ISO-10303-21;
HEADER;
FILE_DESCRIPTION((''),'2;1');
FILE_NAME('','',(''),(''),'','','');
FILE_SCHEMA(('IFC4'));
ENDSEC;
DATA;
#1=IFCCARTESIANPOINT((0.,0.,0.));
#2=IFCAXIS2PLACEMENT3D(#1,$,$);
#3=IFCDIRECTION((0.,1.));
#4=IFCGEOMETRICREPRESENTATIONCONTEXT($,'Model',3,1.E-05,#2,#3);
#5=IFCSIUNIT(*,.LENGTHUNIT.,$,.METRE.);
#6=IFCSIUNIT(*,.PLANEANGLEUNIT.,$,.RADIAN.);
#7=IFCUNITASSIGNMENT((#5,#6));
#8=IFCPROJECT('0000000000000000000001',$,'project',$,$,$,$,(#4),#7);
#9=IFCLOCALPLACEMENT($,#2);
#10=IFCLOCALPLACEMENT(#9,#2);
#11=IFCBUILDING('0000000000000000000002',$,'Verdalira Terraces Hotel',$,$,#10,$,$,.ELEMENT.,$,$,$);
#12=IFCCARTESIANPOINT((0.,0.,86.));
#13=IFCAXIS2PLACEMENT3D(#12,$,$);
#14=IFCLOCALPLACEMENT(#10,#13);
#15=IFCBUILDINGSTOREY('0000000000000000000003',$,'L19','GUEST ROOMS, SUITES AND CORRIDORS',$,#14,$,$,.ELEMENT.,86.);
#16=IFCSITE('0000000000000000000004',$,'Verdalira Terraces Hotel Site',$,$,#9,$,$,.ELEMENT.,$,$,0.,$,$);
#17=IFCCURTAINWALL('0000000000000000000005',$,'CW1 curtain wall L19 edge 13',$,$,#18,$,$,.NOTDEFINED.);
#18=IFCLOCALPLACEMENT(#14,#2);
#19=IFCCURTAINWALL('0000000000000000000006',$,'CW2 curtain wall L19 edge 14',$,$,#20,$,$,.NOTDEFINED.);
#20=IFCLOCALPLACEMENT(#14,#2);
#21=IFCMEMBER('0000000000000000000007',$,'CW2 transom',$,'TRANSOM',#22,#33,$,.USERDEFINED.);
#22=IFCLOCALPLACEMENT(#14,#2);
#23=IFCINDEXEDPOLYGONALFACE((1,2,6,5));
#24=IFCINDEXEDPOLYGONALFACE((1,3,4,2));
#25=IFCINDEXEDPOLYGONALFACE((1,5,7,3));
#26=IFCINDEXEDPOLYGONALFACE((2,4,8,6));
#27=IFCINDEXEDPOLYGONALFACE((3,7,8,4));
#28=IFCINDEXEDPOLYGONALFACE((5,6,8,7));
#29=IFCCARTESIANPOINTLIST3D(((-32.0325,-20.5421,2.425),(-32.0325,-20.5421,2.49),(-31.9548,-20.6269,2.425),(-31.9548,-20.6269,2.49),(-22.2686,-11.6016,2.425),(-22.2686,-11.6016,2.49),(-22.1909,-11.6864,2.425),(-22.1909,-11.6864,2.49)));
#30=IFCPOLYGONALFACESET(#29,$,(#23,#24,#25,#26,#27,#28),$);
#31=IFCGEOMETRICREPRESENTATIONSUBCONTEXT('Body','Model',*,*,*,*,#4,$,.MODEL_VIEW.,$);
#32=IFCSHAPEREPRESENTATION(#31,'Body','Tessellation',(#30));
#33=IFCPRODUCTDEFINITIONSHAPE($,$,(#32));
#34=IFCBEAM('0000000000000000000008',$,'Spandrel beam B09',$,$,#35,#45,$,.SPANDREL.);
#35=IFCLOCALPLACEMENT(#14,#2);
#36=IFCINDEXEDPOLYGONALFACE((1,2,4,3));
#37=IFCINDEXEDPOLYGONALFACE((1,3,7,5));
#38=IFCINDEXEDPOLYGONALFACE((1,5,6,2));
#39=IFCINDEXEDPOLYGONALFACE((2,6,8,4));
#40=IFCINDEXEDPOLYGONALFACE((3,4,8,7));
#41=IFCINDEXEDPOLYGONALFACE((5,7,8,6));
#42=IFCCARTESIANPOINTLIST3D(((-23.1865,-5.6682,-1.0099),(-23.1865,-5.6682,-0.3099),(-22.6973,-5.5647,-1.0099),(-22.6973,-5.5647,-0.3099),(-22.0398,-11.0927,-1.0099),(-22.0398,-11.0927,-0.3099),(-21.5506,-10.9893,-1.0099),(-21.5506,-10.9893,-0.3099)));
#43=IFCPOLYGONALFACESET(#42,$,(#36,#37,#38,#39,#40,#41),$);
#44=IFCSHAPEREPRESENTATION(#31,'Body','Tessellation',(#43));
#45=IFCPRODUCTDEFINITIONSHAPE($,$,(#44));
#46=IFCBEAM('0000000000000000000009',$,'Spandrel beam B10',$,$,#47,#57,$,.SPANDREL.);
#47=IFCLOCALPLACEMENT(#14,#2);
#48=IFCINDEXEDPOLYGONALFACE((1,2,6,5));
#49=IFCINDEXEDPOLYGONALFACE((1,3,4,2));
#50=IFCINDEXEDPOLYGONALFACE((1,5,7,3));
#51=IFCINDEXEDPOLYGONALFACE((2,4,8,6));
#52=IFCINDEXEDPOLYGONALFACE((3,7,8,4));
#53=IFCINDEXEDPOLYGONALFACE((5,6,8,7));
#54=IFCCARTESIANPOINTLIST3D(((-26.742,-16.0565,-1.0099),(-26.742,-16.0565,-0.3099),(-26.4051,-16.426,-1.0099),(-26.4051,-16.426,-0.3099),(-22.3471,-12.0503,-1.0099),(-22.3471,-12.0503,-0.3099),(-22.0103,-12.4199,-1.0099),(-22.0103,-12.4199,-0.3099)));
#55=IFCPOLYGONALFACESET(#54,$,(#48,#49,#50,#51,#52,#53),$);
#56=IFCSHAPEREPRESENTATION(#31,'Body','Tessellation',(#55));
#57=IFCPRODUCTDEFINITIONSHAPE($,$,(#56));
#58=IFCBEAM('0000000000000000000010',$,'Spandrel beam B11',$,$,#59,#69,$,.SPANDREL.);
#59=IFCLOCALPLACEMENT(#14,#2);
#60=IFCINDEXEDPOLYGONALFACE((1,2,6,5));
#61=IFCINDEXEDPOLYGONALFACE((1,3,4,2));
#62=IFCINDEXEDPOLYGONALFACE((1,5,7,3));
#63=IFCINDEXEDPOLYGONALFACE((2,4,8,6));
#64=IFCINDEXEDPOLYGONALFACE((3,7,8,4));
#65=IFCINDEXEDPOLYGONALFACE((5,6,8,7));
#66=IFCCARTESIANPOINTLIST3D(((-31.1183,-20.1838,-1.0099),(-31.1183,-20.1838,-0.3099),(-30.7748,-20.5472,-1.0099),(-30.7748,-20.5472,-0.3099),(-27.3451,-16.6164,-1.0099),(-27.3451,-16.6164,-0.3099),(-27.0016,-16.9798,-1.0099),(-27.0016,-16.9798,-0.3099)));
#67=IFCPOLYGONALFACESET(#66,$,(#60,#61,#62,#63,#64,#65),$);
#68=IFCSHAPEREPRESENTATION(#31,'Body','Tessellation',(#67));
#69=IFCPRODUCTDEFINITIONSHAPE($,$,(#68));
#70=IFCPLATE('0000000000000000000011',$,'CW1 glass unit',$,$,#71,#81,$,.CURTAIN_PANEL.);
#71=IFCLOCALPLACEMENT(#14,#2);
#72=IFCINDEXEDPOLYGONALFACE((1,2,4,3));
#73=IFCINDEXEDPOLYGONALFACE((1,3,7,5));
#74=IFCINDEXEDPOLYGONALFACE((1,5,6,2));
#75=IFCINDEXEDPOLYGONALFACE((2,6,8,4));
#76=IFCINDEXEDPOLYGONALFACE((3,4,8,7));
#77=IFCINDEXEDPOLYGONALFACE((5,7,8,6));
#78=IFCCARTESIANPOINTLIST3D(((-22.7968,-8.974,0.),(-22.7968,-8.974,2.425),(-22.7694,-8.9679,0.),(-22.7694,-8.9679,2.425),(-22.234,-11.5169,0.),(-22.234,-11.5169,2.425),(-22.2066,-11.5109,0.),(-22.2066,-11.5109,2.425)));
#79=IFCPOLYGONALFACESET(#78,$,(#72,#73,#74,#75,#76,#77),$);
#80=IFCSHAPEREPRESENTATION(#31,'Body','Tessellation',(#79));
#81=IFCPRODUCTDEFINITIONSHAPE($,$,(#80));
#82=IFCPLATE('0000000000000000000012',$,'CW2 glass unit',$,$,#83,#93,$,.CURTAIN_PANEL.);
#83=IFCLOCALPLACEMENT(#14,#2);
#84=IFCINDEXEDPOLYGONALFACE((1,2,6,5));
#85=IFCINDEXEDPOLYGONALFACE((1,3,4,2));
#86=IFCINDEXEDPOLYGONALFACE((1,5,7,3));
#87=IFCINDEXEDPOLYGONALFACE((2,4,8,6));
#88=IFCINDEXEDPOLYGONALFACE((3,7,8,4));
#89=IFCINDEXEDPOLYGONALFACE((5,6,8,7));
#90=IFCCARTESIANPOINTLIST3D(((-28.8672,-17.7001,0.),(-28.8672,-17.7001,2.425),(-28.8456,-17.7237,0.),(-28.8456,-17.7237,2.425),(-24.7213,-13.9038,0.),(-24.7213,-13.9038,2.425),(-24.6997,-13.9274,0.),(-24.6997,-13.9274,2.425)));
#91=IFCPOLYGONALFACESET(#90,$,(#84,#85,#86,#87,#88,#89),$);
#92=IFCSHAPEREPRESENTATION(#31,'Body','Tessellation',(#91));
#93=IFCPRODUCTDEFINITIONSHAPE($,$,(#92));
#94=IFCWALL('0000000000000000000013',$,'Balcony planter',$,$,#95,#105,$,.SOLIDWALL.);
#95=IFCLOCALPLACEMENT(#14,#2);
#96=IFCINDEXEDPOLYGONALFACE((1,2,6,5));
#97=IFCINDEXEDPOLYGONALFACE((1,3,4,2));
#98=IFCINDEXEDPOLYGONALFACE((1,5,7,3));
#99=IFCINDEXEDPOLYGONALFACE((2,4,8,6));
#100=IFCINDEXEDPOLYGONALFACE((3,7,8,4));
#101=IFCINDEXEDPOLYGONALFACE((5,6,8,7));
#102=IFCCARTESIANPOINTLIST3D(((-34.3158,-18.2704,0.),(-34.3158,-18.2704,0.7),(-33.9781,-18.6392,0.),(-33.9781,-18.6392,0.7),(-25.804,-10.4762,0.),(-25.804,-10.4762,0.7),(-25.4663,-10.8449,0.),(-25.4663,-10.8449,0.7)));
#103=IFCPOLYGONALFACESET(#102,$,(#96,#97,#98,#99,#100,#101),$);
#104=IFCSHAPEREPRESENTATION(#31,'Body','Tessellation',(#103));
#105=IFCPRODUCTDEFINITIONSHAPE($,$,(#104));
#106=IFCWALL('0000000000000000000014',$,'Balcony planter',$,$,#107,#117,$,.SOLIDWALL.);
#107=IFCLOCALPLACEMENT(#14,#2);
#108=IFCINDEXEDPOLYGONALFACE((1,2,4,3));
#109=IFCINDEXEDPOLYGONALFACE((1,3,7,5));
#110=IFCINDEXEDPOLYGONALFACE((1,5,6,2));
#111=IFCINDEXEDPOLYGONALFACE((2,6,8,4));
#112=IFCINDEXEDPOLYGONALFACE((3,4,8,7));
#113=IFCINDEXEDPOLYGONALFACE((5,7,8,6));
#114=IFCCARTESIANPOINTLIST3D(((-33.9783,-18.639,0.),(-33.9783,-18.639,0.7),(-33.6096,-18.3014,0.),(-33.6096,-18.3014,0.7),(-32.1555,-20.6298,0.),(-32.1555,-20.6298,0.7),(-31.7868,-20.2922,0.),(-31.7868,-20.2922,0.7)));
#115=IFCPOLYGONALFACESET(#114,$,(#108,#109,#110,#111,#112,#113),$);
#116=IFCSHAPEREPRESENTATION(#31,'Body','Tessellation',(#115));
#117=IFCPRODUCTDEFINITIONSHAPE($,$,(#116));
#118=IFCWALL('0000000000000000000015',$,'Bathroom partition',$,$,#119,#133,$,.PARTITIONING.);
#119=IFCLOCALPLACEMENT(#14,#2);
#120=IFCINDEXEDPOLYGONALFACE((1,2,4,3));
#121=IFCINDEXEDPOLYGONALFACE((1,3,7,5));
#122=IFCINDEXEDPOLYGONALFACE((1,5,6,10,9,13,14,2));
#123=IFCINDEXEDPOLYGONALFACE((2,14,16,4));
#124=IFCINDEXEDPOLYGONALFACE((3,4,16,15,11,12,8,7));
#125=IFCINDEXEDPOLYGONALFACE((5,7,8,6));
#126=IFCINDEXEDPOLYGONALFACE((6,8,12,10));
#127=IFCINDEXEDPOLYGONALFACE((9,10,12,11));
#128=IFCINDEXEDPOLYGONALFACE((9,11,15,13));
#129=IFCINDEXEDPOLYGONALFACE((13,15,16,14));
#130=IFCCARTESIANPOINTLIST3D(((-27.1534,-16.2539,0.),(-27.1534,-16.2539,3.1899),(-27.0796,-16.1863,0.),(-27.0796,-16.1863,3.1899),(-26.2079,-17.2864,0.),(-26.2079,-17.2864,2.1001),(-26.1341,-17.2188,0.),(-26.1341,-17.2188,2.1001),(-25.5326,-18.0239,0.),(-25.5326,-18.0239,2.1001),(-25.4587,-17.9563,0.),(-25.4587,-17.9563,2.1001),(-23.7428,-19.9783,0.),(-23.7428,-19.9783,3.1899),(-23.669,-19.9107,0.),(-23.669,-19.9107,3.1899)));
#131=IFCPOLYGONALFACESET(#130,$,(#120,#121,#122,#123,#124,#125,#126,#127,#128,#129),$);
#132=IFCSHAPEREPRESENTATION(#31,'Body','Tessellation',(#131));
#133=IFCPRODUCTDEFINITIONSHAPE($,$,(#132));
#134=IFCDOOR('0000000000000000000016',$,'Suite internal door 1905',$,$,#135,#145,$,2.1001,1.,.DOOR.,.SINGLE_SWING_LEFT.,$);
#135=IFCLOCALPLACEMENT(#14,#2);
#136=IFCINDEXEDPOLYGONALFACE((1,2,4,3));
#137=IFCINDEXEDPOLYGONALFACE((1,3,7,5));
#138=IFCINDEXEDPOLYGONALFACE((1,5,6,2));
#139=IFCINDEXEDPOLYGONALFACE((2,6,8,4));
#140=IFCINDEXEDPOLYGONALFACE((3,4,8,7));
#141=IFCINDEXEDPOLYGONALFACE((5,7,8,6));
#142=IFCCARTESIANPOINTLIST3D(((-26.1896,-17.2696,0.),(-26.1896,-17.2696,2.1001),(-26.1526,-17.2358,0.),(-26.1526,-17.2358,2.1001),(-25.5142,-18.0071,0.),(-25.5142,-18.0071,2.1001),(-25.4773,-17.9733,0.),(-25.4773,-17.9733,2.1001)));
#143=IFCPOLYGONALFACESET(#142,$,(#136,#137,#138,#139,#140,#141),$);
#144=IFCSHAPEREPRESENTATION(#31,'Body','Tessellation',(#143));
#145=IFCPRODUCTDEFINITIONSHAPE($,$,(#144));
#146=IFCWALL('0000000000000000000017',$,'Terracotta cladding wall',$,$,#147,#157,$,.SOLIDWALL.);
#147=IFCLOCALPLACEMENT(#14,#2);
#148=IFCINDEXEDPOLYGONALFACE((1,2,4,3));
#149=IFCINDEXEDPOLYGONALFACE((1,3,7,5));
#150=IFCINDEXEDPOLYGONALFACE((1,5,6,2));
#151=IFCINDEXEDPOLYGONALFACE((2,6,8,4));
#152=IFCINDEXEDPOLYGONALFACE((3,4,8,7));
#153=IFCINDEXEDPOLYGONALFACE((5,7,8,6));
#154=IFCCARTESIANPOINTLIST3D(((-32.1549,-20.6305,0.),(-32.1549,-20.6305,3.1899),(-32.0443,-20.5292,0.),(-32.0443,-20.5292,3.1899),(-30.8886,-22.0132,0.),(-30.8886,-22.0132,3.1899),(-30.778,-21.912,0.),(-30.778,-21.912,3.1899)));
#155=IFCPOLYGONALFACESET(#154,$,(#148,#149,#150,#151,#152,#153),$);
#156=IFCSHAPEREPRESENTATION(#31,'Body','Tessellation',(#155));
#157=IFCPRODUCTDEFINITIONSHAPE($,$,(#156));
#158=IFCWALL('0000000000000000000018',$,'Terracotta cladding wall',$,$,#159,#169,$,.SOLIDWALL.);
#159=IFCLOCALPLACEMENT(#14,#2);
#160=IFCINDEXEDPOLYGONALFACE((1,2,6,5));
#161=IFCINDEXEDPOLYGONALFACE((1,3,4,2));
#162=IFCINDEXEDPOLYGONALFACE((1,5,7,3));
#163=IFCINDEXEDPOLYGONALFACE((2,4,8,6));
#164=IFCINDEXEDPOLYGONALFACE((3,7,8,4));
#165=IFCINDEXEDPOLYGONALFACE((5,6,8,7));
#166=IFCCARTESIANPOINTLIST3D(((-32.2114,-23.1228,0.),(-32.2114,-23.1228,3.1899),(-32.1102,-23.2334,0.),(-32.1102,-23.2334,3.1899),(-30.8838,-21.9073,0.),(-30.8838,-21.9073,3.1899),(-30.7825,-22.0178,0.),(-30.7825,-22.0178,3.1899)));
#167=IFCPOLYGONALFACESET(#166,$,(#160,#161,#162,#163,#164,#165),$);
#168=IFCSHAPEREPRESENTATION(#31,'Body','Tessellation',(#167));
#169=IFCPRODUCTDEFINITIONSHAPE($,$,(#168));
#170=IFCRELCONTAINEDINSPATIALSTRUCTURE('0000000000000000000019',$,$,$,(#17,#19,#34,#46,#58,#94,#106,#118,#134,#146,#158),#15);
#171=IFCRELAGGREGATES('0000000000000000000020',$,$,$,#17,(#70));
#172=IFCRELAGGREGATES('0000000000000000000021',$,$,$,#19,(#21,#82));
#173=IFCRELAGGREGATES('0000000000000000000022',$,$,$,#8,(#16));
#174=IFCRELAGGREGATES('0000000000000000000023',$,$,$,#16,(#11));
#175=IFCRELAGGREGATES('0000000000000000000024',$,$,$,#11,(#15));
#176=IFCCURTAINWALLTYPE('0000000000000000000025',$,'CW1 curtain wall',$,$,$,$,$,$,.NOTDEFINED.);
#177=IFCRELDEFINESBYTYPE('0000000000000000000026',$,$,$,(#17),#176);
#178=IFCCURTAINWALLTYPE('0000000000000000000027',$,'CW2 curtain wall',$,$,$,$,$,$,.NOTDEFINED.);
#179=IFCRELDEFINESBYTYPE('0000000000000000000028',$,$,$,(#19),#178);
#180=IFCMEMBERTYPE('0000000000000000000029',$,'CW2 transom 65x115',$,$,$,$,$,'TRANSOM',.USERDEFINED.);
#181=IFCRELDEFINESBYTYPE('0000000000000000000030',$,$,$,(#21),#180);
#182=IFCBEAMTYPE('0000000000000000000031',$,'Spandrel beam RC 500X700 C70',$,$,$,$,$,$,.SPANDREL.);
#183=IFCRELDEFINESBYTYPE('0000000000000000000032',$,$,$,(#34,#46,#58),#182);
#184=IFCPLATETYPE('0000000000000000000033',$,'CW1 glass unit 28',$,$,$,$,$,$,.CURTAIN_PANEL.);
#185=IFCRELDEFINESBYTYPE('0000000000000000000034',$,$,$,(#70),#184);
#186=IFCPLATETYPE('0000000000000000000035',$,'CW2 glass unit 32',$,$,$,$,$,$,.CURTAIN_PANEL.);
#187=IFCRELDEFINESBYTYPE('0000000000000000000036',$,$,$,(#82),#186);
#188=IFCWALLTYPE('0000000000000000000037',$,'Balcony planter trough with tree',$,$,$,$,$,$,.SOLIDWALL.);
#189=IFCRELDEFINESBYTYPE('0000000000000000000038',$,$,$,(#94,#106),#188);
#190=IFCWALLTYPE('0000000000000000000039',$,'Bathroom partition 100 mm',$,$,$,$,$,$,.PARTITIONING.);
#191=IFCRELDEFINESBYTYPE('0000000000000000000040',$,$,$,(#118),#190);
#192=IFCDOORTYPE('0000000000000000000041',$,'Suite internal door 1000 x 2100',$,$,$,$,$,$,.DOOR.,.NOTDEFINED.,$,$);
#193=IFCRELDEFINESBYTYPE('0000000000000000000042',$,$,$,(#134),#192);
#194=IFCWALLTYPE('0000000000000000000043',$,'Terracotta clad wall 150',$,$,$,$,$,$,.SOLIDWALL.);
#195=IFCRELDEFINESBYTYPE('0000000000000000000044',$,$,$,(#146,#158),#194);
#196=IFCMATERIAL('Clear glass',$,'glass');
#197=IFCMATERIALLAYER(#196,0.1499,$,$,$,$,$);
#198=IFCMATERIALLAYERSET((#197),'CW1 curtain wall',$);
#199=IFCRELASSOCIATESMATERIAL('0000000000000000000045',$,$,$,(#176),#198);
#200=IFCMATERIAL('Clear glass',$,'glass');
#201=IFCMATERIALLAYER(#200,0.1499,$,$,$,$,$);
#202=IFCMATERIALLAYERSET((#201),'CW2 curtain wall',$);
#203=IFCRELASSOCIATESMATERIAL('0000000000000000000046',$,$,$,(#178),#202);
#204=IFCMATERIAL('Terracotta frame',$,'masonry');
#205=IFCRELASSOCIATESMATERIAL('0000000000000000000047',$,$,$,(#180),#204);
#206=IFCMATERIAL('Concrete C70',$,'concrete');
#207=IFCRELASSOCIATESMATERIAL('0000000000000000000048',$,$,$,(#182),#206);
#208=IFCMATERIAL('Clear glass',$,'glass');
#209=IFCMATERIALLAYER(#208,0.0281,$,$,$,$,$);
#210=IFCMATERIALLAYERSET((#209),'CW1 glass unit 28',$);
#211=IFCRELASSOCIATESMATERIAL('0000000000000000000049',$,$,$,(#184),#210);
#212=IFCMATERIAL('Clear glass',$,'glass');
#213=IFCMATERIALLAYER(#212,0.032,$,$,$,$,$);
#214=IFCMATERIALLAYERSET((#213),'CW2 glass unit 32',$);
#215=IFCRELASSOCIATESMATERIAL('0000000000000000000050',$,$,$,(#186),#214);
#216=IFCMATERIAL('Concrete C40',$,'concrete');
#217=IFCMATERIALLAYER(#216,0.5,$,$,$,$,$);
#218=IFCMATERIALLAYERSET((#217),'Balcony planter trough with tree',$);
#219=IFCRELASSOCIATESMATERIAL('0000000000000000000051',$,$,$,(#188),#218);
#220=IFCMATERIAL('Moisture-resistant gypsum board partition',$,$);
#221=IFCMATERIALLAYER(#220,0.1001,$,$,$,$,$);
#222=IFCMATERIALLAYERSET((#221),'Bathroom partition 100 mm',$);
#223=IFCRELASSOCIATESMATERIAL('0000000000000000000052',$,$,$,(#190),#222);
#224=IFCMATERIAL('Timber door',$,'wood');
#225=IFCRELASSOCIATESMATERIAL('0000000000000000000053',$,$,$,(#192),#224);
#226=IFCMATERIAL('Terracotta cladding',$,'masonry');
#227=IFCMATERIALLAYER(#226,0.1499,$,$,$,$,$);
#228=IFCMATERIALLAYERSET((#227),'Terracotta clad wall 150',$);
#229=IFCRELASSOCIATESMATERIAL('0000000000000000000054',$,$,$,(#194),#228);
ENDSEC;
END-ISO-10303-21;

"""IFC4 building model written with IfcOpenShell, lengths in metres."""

from ifc_helpers import new_model, si_unit, direction, frame, frame_2d, origin, origin_2d, place, context, subcontext, project, spatial, rectangle, extrude, material, layer, layer_set, material_profile, profile_set, type_object, element, fill, aggregate, save


model = new_model("IFC4")

# Units and contexts
model_context = context("Model", 3, precision=1e-05, world=origin(), true_north=direction((0.0, 1.0)))
body_context = subcontext(model_context, "Body", "Model", "MODEL_VIEW")
ifc_project = project(units=[si_unit("LENGTHUNIT", "METRE"), si_unit("PLANEANGLEUNIT", "RADIAN")], contexts=[model_context])

# Site, building, storey
site_placement = place(None, origin())
site = spatial("IfcSite", under=ifc_project, at=site_placement, Name="Verdalira Terraces Hotel Site", CompositionType="ELEMENT", RefElevation=0.0)
building_placement = place(site_placement, origin())
building = spatial("IfcBuilding", under=site, at=building_placement, Name="Verdalira Terraces Hotel", CompositionType="ELEMENT")
storey_placement = place(building_placement, frame((0.0, 0.0, 86.0)))
storey = spatial("IfcBuildingStorey", under=building, at=storey_placement, Name="L19", Description="GUEST ROOMS, SUITES AND CORRIDORS", CompositionType="ELEMENT", Elevation=86.0)

# Curtain wall
ifc_material_1 = material(Name="Clear glass", Category="glass")
ifc_layer_1 = layer(ifc_material_1, 0.1499)
ifc_layer_set_1 = layer_set([ifc_layer_1], Name="CW1 curtain wall")
curtain_wall_type_1 = type_object("IfcCurtainWallType", Name="CW1 curtain wall", PredefinedType="NOTDEFINED", material=ifc_layer_set_1)
curtain_wall_1_placement = place(storey_placement, origin())
curtain_wall_1 = element("IfcCurtainWall", 1, at=curtain_wall_1_placement, inside=storey, type_object=curtain_wall_type_1, Name="CW1 curtain wall L19 edge 13", PredefinedType="NOTDEFINED")

# Curtain wall, member
ifc_material_2 = material(Name="Clear glass", Category="glass")
ifc_layer_2 = layer(ifc_material_2, 0.1499)
ifc_layer_set_2 = layer_set([ifc_layer_2], Name="CW2 curtain wall")
curtain_wall_type_2 = type_object("IfcCurtainWallType", Name="CW2 curtain wall", PredefinedType="NOTDEFINED", material=ifc_layer_set_2)
curtain_wall_2_placement = place(storey_placement, origin())
curtain_wall_2 = element("IfcCurtainWall", 2, at=curtain_wall_2_placement, inside=storey, type_object=curtain_wall_type_2, Name="CW2 curtain wall L19 edge 14", PredefinedType="NOTDEFINED")
ifc_material_3 = material(Name="Terracotta frame", Category="masonry")
ifc_material_profile_1 = material_profile(ifc_material_3, rectangle(XDim=0.115, YDim=0.0649, at=origin_2d()), Name="TR 65x115")
ifc_profile_set_1 = profile_set([ifc_material_profile_1], Name="Terracotta frame")
member_type_1 = type_object("IfcMemberType", Name="CW2 transom 65x115", ElementType="TRANSOM", PredefinedType="USERDEFINED", material=ifc_profile_set_1)
member_1_placement = place(storey_placement, frame((-22.2297, -11.644, 2.4575), z_axis=(-0.737524, -0.675321, 0.0), x_axis=(0.675321, -0.737524, 0.0)))
member_1 = element("IfcMember", 3, at=member_1_placement, type_object=member_type_1, Name="CW2 transom", ObjectType="TRANSOM", PredefinedType="USERDEFINED", context=body_context, shape_type="SweptSolid", body=[
    extrude(rectangle(XDim=0.115, YDim=0.0649, at=origin_2d()), origin(), (0.0, 0.0, 1.0), 13.2388),
])

# Beams
ifc_material_4 = material(Name="Concrete C70", Category="concrete")
ifc_material_profile_2 = material_profile(ifc_material_4, rectangle(XDim=0.5, YDim=0.7, at=origin_2d()), Name="RC 500X700")
ifc_profile_set_2 = profile_set([ifc_material_profile_2], Name="Concrete C70")
beam_type_1 = type_object("IfcBeamType", Name="Spandrel beam RC 500X700 C70", PredefinedType="SPANDREL", material=ifc_profile_set_2)
beam_1_placement = place(storey_placement, frame((-22.9419, -5.6165, -0.6599), z_axis=(0.206825, -0.978378, 0.0), x_axis=(0.978378, 0.206825, 0.0)))
element("IfcBeam", 4, at=beam_1_placement, inside=storey, type_object=beam_type_1, Name="Spandrel beam B09", PredefinedType="SPANDREL", context=body_context, shape_type="SweptSolid", body=[
    extrude(rectangle(XDim=0.5, YDim=0.7, at=origin_2d()), origin(), (0.0, 0.0, 1.0), 5.5444),
])
beam_2_placement = place(storey_placement, frame((-22.1787, -12.2351, -0.6599), z_axis=(-0.739031, -0.673671, 0.0), x_axis=(0.673671, -0.739031, 0.0)))
element("IfcBeam", 5, at=beam_2_placement, inside=storey, type_object=beam_type_1, Name="Spandrel beam B10", PredefinedType="SPANDREL", context=body_context, shape_type="SweptSolid", body=[
    extrude(rectangle(XDim=0.5, YDim=0.7, at=origin_2d()), origin(), (0.0, 0.0, 1.0), 5.9468),
])
beam_3_placement = place(storey_placement, frame((-27.1733, -16.7981, -0.6599), z_axis=(-0.726647, -0.687011, 0.0), x_axis=(0.687011, -0.726647, 0.0)))
element("IfcBeam", 6, at=beam_3_placement, inside=storey, type_object=beam_type_1, Name="Spandrel beam B11", PredefinedType="SPANDREL", context=body_context, shape_type="SweptSolid", body=[
    extrude(rectangle(XDim=0.5, YDim=0.7, at=origin_2d()), origin(), (0.0, 0.0, 1.0), 5.1926),
])

# Plates
ifc_material_5 = material(Name="Clear glass", Category="glass")
ifc_layer_3 = layer(ifc_material_5, 0.0281)
ifc_layer_set_3 = layer_set([ifc_layer_3], Name="CW1 glass unit 28")
plate_type_1 = type_object("IfcPlateType", Name="CW1 glass unit 28", PredefinedType="CURTAIN_PANEL", material=ifc_layer_set_3)
plate_1_placement = place(storey_placement, frame((-22.5017, -10.2424, 0.0), z_axis=(0.0, 0.0, 1.0), x_axis=(0.216099, -0.976371, 0.0)))
plate_1 = element("IfcPlate", 7, at=plate_1_placement, type_object=plate_type_1, Name="CW1 glass unit", PredefinedType="CURTAIN_PANEL", context=body_context, shape_type="SweptSolid", body=[
    extrude(rectangle(XDim=2.6045, YDim=0.0281, at=origin_2d()), origin(), (0.0, 0.0, 1.0), 2.425),
])
aggregate(curtain_wall_1, [plate_1])
ifc_material_6 = material(Name="Clear glass", Category="glass")
ifc_layer_4 = layer(ifc_material_6, 0.032)
ifc_layer_set_4 = layer_set([ifc_layer_4], Name="CW2 glass unit 32")
plate_type_2 = type_object("IfcPlateType", Name="CW2 glass unit 32", PredefinedType="CURTAIN_PANEL", material=ifc_layer_set_4)
plate_2_placement = place(storey_placement, frame((-26.7834, -15.8137, 0.0), z_axis=(0.0, 0.0, 1.0), x_axis=(-0.737513, -0.675333, 0.0)))
plate_2 = element("IfcPlate", 8, at=plate_2_placement, type_object=plate_type_2, Name="CW2 glass unit", PredefinedType="CURTAIN_PANEL", context=body_context, shape_type="SweptSolid", body=[
    extrude(rectangle(XDim=5.6213, YDim=0.032, at=origin_2d()), origin(), (0.0, 0.0, 1.0), 2.425),
])
aggregate(curtain_wall_2, [member_1, plate_2])

# Walls
ifc_material_7 = material(Name="Concrete C40", Category="concrete")
ifc_layer_5 = layer(ifc_material_7, 0.5)
ifc_layer_set_5 = layer_set([ifc_layer_5], Name="Balcony planter trough with tree")
wall_type_1 = type_object("IfcWallType", Name="Balcony planter trough with tree", PredefinedType="SOLIDWALL", material=ifc_layer_set_5)
wall_1_placement = place(storey_placement, frame((-25.6353, -10.6606, 0.0), z_axis=(0.0, 0.0, 1.0), x_axis=(-0.737509, -0.675338, 0.0)))
element("IfcWall", 9, at=wall_1_placement, inside=storey, type_object=wall_type_1, Name="Balcony planter", PredefinedType="SOLIDWALL", context=body_context, shape_type="SweptSolid", body=[
    extrude(rectangle(XDim=11.5413, YDim=0.5, at=frame_2d((5.7705, 0.0))), origin(), (0.0, 0.0, 1.0), 0.7),
])
wall_2_placement = place(storey_placement, frame((-33.7939, -18.4702, 0.0), z_axis=(0.0, 0.0, 1.0), x_axis=(0.675307, -0.737537, 0.0)))
element("IfcWall", 10, at=wall_2_placement, inside=storey, type_object=wall_type_1, Name="Balcony planter", PredefinedType="SOLIDWALL", context=body_context, shape_type="SweptSolid", body=[
    extrude(rectangle(XDim=2.6992, YDim=0.5, at=frame_2d((1.3496, 0.0))), origin(), (0.0, 0.0, 1.0), 0.7),
])

# Wall, opening, door
ifc_material_8 = material(Name="Moisture-resistant gypsum board partition")
ifc_layer_6 = layer(ifc_material_8, 0.1001)
ifc_layer_set_6 = layer_set([ifc_layer_6], Name="Bathroom partition 100 mm")
wall_type_2 = type_object("IfcWallType", Name="Bathroom partition 100 mm", PredefinedType="PARTITIONING", material=ifc_layer_set_6)
wall_3_placement = place(storey_placement, frame((-27.1165, -16.2202, 0.0), z_axis=(0.0, 0.0, 1.0), x_axis=(0.675363, -0.737485, 0.0)))
wall_3 = element("IfcWall", 11, at=wall_3_placement, inside=storey, type_object=wall_type_2, Name="Bathroom partition", PredefinedType="PARTITIONING", context=body_context, shape_type="SweptSolid", body=[
    extrude(rectangle(XDim=5.05, YDim=0.1001, at=frame_2d((2.5249, 0.0))), origin(), (0.0, 0.0, 1.0), 3.1899),
])
opening_1_placement = place(wall_3_placement, frame((1.3999, 0.0, 0.0)))
opening_1 = element("IfcOpeningElement", 12, at=opening_1_placement, cuts=wall_3, PredefinedType="OPENING", context=body_context, shape_type="SweptSolid", body=[
    extrude(rectangle(XDim=1.0, YDim=2.1001, at=frame_2d((0.5, 1.05))), frame((0.0, 0.0601, 0.0), z_axis=(0.0, -1.0, 0.0), x_axis=(1.0, 0.0, 0.0)), (0.0, 0.0, 1.0), 0.1201),
])
ifc_material_9 = material(Name="Timber door", Category="wood")
door_type_1 = type_object("IfcDoorType", Name="Suite internal door 1000 x 2100", OperationType="NOTDEFINED", PredefinedType="DOOR", material=ifc_material_9)
door_1_placement = place(opening_1_placement, origin())
door_1 = element("IfcDoor", 13, at=door_1_placement, inside=storey, type_object=door_type_1, Name="Suite internal door 1905", OperationType="SINGLE_SWING_LEFT", OverallHeight=2.1001, OverallWidth=1.0, PredefinedType="DOOR", context=body_context, shape_type="SweptSolid", body=[
    extrude(rectangle(XDim=1.0, YDim=2.1001, at=frame_2d((0.5, 1.05))), frame((0.0, 0.0249, 0.0), z_axis=(0.0, -1.0, 0.0), x_axis=(1.0, 0.0, 0.0)), (0.0, 0.0, 1.0), 0.05),
])
fill(opening_1, door_1)

# Walls
ifc_material_10 = material(Name="Terracotta cladding", Category="masonry")
ifc_layer_7 = layer(ifc_material_10, 0.1499)
ifc_layer_set_7 = layer_set([ifc_layer_7], Name="Terracotta clad wall 150")
wall_type_3 = type_object("IfcWallType", Name="Terracotta clad wall 150", PredefinedType="SOLIDWALL", material=ifc_layer_set_7)
wall_4_placement = place(storey_placement, frame((-32.0996, -20.5798, 0.0), z_axis=(0.0, 0.0, 1.0), x_axis=(0.675371, -0.737478, 0.0)))
element("IfcWall", 14, at=wall_4_placement, inside=storey, type_object=wall_type_3, Name="Terracotta cladding wall", PredefinedType="SOLIDWALL", context=body_context, shape_type="SweptSolid", body=[
    extrude(rectangle(XDim=1.875, YDim=0.1499, at=frame_2d((0.9375, 0.0))), origin(), (0.0, 0.0, 1.0), 3.1899),
])
wall_5_placement = place(storey_placement, frame((-30.8333, -21.9626, 0.0), z_axis=(0.0, 0.0, 1.0), x_axis=(-0.737548, -0.675295, 0.0)))
element("IfcWall", 15, at=wall_5_placement, inside=storey, type_object=wall_type_3, Name="Terracotta cladding wall", PredefinedType="SOLIDWALL", context=body_context, shape_type="SweptSolid", body=[
    extrude(rectangle(XDim=1.8, YDim=0.1499, at=frame_2d((0.8999, 0.0))), origin(), (0.0, 0.0, 1.0), 3.1899),
])

save(model, "model.ifc")
